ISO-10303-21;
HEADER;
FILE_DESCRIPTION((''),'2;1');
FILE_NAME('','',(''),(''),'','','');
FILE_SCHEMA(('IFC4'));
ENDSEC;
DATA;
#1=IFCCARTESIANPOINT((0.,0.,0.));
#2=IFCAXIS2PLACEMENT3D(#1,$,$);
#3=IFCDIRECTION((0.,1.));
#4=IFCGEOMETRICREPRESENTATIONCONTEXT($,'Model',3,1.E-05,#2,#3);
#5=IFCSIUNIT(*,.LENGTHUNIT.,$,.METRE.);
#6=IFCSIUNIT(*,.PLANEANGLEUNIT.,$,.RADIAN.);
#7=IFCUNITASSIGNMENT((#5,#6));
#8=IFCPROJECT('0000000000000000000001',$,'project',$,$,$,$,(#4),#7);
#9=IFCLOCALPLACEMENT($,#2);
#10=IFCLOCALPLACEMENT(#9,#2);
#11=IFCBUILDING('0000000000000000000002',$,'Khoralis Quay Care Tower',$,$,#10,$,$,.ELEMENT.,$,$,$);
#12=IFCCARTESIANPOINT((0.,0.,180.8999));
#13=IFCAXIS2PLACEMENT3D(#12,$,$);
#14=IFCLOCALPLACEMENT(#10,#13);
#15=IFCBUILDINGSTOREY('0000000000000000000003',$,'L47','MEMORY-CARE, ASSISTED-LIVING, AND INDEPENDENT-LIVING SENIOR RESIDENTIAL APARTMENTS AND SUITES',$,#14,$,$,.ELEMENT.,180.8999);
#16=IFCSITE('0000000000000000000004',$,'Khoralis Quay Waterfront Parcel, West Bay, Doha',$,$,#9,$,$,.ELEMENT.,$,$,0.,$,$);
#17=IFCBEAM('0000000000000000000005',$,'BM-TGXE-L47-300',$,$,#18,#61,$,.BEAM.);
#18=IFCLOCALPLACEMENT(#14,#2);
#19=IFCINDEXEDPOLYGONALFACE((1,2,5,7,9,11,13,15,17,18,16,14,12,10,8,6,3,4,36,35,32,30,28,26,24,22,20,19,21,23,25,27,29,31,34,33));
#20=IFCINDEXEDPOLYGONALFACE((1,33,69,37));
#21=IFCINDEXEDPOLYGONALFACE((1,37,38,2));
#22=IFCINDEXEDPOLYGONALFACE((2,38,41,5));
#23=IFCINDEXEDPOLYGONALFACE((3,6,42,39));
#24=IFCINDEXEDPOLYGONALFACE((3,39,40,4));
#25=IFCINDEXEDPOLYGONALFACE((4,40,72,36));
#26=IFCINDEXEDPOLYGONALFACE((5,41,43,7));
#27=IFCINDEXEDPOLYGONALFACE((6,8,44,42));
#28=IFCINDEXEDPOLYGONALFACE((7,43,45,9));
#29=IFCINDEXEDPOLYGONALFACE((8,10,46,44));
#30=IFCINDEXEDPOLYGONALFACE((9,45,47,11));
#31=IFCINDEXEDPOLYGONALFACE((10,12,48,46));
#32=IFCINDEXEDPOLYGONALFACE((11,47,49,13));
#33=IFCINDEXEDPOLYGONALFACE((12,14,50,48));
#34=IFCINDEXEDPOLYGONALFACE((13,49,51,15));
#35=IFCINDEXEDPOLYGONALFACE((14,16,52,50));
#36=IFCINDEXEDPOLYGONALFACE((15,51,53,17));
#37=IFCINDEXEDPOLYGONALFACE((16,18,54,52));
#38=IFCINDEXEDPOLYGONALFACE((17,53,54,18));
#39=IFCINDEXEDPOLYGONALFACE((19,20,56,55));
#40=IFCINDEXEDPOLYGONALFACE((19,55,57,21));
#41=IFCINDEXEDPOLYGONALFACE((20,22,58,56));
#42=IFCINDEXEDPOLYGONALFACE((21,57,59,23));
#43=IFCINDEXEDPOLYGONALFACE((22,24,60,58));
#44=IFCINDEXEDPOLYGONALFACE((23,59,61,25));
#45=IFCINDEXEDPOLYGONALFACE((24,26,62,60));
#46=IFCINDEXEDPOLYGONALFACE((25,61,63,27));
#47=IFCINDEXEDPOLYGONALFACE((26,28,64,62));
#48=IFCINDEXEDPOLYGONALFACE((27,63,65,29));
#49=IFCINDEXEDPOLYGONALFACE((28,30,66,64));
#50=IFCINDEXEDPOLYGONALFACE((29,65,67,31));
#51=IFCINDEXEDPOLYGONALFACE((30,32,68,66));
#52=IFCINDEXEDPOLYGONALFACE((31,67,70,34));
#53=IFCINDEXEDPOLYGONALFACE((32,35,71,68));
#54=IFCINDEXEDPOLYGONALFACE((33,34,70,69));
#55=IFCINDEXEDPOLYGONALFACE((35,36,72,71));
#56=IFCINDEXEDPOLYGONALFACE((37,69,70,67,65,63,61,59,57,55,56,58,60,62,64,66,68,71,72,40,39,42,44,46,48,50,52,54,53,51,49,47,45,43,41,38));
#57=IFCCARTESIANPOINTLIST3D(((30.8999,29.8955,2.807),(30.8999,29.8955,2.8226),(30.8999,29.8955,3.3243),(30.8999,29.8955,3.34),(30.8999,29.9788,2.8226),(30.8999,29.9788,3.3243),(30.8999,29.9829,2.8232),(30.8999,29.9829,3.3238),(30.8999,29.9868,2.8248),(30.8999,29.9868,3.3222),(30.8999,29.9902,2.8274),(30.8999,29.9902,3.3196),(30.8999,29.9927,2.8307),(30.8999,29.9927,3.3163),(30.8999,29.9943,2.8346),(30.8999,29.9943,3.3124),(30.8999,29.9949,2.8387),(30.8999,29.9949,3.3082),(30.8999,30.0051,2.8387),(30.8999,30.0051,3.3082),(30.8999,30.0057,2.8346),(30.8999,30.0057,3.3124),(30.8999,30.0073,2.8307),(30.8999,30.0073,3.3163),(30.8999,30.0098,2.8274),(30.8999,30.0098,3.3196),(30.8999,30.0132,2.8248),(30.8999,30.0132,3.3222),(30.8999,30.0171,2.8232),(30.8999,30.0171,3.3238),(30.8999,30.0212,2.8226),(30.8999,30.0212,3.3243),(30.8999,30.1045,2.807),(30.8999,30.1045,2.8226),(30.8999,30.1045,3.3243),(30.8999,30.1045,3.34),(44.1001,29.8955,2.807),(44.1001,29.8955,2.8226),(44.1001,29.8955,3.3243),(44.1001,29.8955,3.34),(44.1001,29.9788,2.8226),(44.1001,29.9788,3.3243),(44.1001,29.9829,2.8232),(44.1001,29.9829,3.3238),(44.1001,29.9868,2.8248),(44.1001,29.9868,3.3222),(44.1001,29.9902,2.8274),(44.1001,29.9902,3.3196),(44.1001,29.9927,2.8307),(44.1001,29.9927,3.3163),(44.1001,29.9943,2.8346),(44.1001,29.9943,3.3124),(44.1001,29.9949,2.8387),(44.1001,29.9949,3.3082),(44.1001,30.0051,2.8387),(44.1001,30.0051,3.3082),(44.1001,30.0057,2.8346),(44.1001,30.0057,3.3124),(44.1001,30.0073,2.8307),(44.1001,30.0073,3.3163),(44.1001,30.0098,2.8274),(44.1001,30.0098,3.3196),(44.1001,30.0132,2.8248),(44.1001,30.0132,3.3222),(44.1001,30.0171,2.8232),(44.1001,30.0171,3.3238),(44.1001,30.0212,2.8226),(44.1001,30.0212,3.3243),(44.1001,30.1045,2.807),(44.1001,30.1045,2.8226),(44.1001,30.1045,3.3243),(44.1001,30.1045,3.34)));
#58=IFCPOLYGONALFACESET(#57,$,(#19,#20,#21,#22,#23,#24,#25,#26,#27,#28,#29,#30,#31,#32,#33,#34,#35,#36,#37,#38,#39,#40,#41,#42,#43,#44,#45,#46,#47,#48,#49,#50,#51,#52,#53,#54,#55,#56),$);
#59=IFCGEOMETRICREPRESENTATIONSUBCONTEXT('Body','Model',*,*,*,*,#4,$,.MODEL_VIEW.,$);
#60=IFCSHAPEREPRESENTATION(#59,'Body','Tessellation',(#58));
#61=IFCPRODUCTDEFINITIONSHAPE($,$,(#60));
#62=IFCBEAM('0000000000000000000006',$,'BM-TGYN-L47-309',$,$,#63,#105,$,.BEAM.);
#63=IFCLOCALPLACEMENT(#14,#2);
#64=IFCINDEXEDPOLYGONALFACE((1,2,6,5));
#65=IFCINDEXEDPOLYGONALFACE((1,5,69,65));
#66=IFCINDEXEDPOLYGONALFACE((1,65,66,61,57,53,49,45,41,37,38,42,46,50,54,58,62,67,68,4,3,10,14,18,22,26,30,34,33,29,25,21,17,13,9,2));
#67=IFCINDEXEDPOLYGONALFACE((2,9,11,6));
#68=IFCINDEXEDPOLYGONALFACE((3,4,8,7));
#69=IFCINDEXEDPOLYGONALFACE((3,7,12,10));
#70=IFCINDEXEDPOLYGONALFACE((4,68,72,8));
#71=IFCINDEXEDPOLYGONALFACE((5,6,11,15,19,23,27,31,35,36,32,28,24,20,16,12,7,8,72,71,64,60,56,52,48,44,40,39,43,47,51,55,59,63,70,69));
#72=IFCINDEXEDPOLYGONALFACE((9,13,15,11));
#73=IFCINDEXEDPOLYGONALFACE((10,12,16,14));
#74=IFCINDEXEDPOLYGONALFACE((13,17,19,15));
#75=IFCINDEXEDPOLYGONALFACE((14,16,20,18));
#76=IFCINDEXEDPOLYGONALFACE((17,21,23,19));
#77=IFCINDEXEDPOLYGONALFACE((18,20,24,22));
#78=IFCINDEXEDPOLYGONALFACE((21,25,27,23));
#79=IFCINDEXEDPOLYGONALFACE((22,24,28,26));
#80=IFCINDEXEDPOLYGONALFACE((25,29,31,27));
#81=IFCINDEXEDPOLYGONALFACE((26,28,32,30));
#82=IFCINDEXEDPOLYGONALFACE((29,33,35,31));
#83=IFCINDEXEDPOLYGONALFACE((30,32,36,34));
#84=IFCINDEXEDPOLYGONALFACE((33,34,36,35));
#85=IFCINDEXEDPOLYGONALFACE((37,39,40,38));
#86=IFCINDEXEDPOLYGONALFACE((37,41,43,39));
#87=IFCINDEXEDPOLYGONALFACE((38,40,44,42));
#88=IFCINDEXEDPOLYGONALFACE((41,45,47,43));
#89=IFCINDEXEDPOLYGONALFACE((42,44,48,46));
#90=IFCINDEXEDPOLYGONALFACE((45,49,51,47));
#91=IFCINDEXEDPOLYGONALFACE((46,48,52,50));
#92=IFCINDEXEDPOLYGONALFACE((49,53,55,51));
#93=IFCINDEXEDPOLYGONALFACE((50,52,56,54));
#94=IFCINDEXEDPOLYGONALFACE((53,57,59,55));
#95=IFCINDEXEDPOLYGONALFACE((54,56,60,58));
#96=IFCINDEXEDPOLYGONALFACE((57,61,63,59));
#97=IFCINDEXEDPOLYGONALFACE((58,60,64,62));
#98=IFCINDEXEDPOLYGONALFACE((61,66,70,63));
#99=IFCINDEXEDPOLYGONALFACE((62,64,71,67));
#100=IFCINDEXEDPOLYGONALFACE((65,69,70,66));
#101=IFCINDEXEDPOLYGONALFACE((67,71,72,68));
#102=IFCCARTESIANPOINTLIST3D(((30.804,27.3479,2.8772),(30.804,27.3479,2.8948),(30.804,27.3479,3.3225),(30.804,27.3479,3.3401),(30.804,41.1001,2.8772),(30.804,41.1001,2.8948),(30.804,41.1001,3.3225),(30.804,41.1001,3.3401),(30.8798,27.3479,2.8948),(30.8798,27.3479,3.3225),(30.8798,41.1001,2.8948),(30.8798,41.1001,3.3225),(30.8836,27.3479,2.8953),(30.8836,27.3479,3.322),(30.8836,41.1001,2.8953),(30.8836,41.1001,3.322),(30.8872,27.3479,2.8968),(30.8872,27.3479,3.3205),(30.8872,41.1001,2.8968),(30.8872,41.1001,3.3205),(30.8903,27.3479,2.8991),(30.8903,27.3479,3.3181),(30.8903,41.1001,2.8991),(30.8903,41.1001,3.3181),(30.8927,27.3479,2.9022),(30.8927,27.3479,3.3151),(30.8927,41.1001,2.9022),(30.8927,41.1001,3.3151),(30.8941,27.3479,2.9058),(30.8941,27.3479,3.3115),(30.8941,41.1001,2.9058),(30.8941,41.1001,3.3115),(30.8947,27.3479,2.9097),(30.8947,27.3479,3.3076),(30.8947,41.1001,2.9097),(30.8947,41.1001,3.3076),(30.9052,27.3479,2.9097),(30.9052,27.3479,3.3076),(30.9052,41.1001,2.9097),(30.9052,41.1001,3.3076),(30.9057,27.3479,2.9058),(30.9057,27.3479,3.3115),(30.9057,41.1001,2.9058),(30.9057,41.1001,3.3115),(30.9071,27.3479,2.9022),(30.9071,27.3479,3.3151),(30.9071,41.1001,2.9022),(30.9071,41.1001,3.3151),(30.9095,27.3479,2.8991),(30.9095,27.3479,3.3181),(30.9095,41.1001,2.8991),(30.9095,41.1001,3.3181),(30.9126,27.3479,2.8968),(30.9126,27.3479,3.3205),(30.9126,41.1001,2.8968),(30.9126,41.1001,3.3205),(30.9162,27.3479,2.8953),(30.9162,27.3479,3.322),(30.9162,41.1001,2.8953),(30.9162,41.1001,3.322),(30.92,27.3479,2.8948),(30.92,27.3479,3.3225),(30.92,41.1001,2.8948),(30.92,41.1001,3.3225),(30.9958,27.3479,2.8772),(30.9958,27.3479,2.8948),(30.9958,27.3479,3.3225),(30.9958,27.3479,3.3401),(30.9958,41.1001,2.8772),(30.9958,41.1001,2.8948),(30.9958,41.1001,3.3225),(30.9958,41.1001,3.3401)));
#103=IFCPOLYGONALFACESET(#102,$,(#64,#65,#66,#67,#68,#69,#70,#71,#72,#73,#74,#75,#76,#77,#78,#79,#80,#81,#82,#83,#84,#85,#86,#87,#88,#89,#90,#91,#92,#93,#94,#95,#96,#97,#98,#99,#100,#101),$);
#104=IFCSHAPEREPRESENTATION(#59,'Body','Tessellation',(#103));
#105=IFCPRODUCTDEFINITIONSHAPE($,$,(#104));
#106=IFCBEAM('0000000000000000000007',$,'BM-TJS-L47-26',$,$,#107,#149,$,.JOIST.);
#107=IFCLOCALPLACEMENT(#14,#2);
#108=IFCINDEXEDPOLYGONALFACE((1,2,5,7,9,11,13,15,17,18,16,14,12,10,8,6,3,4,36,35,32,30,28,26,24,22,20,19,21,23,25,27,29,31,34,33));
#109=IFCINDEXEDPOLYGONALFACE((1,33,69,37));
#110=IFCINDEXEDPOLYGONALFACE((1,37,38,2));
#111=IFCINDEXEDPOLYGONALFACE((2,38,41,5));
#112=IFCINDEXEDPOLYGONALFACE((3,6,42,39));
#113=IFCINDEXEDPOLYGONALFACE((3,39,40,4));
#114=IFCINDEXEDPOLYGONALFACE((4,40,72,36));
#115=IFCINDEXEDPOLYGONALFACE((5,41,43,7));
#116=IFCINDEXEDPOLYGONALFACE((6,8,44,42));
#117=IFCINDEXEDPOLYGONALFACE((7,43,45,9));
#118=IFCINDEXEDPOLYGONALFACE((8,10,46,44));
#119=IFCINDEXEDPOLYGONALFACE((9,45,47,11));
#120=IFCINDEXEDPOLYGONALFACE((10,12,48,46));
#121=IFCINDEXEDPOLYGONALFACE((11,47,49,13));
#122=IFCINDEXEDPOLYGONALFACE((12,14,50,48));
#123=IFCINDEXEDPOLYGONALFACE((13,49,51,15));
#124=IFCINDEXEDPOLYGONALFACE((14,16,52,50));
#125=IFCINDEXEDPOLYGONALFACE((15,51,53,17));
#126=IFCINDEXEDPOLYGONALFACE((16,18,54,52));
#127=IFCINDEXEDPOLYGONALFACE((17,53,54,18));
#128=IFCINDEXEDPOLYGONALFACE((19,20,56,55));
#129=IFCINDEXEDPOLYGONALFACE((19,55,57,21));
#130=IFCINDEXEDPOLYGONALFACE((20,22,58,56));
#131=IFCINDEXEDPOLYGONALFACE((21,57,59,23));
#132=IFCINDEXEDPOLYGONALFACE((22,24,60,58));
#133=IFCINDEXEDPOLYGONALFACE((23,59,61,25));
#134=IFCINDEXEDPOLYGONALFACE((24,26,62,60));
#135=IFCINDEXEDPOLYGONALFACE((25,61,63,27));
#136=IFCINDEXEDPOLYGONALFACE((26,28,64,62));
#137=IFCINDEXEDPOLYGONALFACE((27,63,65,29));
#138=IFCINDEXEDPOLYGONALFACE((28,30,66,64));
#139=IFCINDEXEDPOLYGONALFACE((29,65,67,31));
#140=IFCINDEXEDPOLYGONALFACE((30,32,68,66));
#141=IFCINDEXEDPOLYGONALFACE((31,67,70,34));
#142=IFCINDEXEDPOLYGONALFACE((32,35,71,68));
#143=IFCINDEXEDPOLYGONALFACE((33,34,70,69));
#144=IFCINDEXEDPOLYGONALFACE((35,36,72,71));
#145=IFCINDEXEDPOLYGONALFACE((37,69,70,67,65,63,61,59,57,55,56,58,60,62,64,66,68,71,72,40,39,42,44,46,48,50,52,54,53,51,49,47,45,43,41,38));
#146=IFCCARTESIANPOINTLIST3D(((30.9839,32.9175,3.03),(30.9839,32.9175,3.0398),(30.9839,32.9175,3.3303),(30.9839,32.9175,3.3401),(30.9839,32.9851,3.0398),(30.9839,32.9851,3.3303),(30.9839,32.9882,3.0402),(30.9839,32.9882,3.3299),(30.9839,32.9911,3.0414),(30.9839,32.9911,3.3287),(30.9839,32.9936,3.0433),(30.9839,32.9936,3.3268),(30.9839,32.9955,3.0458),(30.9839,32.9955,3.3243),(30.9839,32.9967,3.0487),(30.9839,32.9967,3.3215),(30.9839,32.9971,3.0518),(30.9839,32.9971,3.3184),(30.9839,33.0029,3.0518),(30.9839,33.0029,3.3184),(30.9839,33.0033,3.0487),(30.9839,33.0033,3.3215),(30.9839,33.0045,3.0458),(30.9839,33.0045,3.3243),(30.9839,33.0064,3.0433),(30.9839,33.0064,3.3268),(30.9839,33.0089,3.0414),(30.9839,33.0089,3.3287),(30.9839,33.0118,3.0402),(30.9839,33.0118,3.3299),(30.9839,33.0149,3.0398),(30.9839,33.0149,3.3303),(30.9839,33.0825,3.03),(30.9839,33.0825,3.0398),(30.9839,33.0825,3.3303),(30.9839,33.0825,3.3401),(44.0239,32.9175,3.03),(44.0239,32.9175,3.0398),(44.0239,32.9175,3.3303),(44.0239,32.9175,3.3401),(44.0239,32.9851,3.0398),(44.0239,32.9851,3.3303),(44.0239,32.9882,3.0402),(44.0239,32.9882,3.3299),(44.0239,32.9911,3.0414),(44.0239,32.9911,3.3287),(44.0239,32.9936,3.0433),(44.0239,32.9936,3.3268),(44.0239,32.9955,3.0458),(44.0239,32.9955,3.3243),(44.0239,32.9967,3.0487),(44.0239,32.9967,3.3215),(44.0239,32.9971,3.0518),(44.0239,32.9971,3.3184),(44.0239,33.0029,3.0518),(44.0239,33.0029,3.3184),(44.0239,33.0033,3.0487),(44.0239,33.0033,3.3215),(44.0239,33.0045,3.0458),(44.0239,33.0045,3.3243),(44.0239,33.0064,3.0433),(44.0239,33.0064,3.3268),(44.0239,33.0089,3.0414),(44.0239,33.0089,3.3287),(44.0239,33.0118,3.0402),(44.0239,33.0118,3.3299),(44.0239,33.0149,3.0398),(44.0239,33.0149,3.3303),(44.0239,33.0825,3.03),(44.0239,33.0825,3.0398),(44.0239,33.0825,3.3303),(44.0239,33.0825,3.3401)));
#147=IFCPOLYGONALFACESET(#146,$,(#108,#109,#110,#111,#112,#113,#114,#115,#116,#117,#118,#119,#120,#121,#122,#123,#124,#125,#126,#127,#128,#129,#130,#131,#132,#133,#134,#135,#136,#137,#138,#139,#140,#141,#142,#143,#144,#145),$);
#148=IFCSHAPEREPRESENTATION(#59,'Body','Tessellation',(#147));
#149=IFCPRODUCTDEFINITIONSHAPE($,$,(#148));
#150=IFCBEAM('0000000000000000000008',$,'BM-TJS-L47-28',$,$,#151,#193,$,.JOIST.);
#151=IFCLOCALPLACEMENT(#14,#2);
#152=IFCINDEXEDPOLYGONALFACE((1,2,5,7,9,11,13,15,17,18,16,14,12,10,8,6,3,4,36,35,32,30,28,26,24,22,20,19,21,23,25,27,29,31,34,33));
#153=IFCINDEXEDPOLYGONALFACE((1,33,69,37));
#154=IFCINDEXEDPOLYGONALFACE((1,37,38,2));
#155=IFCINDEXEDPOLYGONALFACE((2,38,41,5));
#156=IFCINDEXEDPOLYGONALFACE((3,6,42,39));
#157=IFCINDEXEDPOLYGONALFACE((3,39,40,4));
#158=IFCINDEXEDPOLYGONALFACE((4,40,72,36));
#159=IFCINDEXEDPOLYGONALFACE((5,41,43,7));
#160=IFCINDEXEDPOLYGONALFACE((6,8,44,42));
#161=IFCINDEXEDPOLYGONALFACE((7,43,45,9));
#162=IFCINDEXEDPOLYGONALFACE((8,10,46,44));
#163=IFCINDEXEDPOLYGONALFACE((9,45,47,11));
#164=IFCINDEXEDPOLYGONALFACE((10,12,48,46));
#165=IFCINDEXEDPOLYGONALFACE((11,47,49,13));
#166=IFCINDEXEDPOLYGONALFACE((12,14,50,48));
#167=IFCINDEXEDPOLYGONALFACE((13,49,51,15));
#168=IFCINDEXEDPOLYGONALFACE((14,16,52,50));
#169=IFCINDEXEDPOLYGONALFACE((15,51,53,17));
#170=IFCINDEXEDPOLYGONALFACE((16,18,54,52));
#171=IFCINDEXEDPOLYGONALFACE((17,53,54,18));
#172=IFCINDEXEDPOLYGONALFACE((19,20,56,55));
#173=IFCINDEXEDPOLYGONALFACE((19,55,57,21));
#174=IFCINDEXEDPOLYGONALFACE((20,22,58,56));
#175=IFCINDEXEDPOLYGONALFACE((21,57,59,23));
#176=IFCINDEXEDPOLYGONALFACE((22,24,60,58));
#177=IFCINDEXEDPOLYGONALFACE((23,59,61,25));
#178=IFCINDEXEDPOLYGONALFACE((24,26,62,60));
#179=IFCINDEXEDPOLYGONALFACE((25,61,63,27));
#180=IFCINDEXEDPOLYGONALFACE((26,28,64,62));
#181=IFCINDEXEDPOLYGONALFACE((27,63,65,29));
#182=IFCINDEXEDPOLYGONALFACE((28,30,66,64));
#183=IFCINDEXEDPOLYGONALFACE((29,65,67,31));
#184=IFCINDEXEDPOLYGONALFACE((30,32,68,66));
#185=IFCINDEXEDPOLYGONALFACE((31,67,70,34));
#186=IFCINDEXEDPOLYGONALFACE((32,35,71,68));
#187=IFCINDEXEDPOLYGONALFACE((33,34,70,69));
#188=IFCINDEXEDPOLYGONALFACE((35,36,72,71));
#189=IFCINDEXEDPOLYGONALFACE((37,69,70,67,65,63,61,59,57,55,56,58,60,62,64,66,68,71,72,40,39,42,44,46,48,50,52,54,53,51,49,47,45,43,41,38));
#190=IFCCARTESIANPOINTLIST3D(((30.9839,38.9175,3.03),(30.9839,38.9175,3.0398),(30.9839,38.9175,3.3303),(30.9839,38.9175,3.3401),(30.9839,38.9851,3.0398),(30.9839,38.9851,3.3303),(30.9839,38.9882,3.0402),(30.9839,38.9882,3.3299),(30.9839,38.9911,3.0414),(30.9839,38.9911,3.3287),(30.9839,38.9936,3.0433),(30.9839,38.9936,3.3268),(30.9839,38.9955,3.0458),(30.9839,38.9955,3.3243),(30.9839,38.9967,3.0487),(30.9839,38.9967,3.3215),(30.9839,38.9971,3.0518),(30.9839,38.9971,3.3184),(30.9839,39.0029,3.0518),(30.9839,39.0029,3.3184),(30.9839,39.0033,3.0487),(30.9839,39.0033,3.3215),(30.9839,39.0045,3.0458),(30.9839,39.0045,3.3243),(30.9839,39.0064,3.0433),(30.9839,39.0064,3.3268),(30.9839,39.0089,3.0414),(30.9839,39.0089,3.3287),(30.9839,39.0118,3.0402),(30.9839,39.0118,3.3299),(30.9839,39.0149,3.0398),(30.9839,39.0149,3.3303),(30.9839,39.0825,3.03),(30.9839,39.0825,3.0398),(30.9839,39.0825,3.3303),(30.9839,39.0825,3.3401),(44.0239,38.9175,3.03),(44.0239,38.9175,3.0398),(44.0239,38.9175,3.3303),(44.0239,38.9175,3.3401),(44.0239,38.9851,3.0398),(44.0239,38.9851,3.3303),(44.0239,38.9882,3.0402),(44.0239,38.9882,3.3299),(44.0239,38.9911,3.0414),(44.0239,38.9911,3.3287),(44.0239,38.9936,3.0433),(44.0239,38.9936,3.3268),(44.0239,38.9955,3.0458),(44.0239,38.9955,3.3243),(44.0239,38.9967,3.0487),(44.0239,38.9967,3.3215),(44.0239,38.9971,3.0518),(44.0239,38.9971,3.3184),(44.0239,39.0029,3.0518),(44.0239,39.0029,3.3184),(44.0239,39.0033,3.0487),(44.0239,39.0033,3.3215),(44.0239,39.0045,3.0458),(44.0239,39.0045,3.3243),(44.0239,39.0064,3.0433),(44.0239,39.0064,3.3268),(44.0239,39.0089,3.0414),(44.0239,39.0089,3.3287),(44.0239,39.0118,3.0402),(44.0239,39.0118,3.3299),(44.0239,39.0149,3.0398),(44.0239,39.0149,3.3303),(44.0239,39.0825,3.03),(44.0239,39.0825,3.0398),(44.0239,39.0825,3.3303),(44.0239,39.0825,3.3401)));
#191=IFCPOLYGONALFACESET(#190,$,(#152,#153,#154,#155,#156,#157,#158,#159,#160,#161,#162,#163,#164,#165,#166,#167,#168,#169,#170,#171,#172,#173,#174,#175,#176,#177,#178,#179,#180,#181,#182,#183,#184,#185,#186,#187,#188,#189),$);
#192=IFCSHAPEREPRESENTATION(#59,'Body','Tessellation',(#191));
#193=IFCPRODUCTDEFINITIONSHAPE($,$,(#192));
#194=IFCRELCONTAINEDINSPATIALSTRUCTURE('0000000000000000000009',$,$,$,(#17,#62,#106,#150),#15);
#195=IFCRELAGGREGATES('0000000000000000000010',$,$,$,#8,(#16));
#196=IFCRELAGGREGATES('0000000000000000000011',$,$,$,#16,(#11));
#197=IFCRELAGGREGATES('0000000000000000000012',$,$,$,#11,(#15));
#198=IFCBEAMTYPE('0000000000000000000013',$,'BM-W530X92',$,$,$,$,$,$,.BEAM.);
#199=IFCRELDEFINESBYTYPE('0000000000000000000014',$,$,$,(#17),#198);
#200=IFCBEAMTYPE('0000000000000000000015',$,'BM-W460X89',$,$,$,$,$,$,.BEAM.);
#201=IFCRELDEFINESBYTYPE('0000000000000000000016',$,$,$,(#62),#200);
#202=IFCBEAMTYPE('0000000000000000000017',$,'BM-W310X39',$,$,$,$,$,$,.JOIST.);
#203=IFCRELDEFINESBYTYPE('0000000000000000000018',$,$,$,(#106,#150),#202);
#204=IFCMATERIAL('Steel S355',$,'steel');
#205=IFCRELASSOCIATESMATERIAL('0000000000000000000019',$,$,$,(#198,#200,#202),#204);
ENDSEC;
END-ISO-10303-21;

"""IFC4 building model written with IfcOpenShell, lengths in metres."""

from ifc_helpers import new_model, si_unit, direction, frame, origin, origin_2d, place, context, subcontext, project, spatial, i_section, extrude, source, transform, mapped, material, material_profile, profile_set, type_object, element, save


model = new_model("IFC4")

# Units and contexts
model_context = context("Model", 3, precision=1e-05, world=origin(), true_north=direction((0.0, 1.0)))
body_context = subcontext(model_context, "Body", "Model", "MODEL_VIEW")
ifc_project = project(units=[si_unit("LENGTHUNIT", "METRE"), si_unit("PLANEANGLEUNIT", "RADIAN")], contexts=[model_context])

# Site, building, storey
site_placement = place(None, origin())
site = spatial("IfcSite", under=ifc_project, at=site_placement, Name="Khoralis Quay Waterfront Parcel, West Bay, Doha", CompositionType="ELEMENT", RefElevation=0.0)
building_placement = place(site_placement, origin())
building = spatial("IfcBuilding", under=site, at=building_placement, Name="Khoralis Quay Care Tower", CompositionType="ELEMENT")
storey_placement = place(building_placement, frame((0.0, 0.0, 180.8999)))
storey = spatial("IfcBuildingStorey", under=building, at=storey_placement, Name="L47", Description="MEMORY-CARE, ASSISTED-LIVING, AND INDEPENDENT-LIVING SENIOR RESIDENTIAL APARTMENTS AND SUITES", CompositionType="ELEMENT", Elevation=180.8999)

# Beams
ifc_material_1 = material(Name="Steel S355", Category="steel")
ifc_material_profile_1 = material_profile(ifc_material_1, i_section(OverallWidth=0.209, OverallDepth=0.533, WebThickness=0.0103, FlangeThickness=0.0156, FilletRadius=0.0161, at=origin_2d()), Name="Steel S355")
ifc_profile_set_1 = profile_set([ifc_material_profile_1], Name="Steel S355")
beam_type_1 = type_object("IfcBeamType", Name="BM-W530X92", PredefinedType="BEAM", material=ifc_profile_set_1)
shared_shape_1 = source(origin(), body_context, "Body", "SweptSolid", [
    extrude(i_section(OverallWidth=0.209, OverallDepth=0.533, WebThickness=0.0103, FlangeThickness=0.0156, FilletRadius=0.0161, at=origin_2d()), origin(), (0.0, 0.0, 1.0), 13.2002),
])
beam_1_placement = place(storey_placement, frame((30.8999, 30.0, 3.0735), z_axis=(1.0, 0.0, 0.0), x_axis=(0.0, 1.0, 0.0)))
element("IfcBeam", 1, at=beam_1_placement, inside=storey, type_object=beam_type_1, Name="BM-TGXE-L47-300", PredefinedType="BEAM", context=body_context, shape_type="MappedRepresentation", body=[
    mapped(shared_shape_1, transform((0.0, 0.0, 0.0), scale=1.0)),
])
ifc_material_profile_2 = material_profile(ifc_material_1, i_section(OverallWidth=0.1919, OverallDepth=0.4629, WebThickness=0.0105, FlangeThickness=0.0176, FilletRadius=0.0149, at=origin_2d()), Name="Steel S355")
ifc_profile_set_2 = profile_set([ifc_material_profile_2], Name="Steel S355")
beam_type_2 = type_object("IfcBeamType", Name="BM-W460X89", PredefinedType="BEAM", material=ifc_profile_set_2)
shared_shape_2 = source(origin(), body_context, "Body", "SweptSolid", [
    extrude(i_section(OverallWidth=0.1919, OverallDepth=0.4629, WebThickness=0.0105, FlangeThickness=0.0176, FilletRadius=0.0149, at=origin_2d()), origin(), (0.0, 0.0, 1.0), 13.7522),
])
beam_2_placement = place(storey_placement, frame((30.8999, 27.3479, 3.1086), z_axis=(0.0, 1.0, 0.0), x_axis=(-1.0, 0.0, 0.0)))
element("IfcBeam", 2, at=beam_2_placement, inside=storey, type_object=beam_type_2, Name="BM-TGYN-L47-309", PredefinedType="BEAM", context=body_context, shape_type="MappedRepresentation", body=[
    mapped(shared_shape_2, transform((0.0, 0.0, 0.0), scale=1.0)),
])
ifc_material_profile_3 = material_profile(ifc_material_1, i_section(OverallWidth=0.165, OverallDepth=0.3101, WebThickness=0.0059, FlangeThickness=0.0098, FilletRadius=0.012, at=origin_2d()), Name="Steel S355")
ifc_profile_set_3 = profile_set([ifc_material_profile_3], Name="Steel S355")
beam_type_3 = type_object("IfcBeamType", Name="BM-W310X39", PredefinedType="JOIST", material=ifc_profile_set_3)
shared_shape_3 = source(origin(), body_context, "Body", "SweptSolid", [
    extrude(i_section(OverallWidth=0.165, OverallDepth=0.3101, WebThickness=0.0059, FlangeThickness=0.0098, FilletRadius=0.012, at=origin_2d()), origin(), (0.0, 0.0, 1.0), 13.04),
])
for number, where, z_axis, x_axis, name in (
    (3, (30.9839, 33.0, 3.1851), (1.0, 0.0, 0.0), (0.0, 1.0, 0.0), "BM-TJS-L47-26"),
    (4, (30.9839, 39.0, 3.1851), (1.0, 0.0, 0.0), (0.0, 1.0, 0.0), "BM-TJS-L47-28"),
):
    element("IfcBeam", number, at=place(storey_placement, frame(where, z_axis=z_axis, x_axis=x_axis)), inside=storey, type_object=beam_type_3, Name=name, PredefinedType="JOIST", context=body_context, shape_type="MappedRepresentation", body=[
        mapped(shared_shape_3, transform((0.0, 0.0, 0.0), scale=1.0)),
    ])

save(model, "model.ifc")
